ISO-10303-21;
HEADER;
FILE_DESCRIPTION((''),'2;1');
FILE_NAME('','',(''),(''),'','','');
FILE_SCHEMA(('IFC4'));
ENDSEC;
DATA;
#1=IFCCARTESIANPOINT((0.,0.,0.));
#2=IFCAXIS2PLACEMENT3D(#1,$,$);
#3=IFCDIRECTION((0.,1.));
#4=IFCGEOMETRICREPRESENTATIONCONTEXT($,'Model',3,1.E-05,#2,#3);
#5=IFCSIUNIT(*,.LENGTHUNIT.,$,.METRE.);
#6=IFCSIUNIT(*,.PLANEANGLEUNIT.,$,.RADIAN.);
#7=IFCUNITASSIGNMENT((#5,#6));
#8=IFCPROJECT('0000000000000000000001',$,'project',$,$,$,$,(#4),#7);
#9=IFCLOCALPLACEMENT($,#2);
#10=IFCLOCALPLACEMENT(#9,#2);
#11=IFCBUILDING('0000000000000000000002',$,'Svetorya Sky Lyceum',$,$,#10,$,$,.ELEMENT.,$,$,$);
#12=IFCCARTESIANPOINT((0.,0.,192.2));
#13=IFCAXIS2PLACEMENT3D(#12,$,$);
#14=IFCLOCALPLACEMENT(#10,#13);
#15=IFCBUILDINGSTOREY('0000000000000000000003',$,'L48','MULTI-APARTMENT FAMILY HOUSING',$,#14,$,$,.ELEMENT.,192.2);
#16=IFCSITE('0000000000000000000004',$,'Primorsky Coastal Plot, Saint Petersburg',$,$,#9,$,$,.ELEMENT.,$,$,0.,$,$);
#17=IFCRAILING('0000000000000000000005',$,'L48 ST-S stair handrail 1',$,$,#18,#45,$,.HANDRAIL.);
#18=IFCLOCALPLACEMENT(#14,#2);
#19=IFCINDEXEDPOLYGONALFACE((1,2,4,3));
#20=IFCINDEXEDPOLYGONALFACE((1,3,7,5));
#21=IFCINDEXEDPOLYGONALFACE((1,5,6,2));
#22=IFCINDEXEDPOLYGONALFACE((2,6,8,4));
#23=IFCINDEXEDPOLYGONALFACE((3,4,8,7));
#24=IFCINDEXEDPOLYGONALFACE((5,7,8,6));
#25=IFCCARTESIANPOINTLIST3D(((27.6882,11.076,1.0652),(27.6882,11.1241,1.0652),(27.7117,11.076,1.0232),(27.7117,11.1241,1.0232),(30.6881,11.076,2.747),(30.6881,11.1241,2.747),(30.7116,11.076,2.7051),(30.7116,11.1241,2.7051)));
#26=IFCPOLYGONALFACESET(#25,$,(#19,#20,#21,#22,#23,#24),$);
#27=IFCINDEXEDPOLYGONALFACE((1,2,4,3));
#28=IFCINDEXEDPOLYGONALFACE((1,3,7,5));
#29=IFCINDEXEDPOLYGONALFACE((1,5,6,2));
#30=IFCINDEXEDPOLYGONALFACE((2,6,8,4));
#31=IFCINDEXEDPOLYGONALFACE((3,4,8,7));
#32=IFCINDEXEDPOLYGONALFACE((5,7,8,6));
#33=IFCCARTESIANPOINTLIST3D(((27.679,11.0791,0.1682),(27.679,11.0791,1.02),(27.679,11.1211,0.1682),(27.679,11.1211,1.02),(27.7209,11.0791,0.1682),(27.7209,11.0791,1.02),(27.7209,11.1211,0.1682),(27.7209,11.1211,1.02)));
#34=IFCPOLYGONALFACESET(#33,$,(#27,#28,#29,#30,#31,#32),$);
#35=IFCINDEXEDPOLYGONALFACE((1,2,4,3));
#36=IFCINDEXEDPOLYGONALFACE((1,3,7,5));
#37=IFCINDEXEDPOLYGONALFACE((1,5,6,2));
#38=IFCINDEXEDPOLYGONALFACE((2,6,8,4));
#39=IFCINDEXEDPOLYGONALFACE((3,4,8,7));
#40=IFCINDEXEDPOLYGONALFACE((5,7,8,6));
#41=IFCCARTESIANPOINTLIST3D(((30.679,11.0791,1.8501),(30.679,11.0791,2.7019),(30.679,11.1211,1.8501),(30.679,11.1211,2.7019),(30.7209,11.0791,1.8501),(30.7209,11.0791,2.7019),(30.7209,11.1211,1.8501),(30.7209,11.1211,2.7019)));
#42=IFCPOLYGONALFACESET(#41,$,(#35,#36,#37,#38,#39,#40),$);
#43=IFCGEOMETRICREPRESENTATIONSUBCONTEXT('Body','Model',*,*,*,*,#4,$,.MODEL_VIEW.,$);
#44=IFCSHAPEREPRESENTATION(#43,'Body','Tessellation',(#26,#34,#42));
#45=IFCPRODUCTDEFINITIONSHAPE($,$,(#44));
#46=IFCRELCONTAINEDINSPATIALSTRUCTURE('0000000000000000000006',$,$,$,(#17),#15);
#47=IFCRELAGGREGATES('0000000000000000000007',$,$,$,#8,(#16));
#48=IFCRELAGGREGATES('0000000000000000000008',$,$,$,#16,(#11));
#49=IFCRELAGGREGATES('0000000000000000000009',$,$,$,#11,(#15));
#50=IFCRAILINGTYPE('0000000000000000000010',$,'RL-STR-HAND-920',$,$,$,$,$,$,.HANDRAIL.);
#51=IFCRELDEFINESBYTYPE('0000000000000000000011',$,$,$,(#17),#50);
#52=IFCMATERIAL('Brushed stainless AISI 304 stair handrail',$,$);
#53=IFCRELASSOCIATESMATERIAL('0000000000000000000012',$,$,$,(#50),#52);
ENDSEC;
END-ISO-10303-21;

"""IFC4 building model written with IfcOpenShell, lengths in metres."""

from ifc_helpers import new_model, si_unit, direction, frame, origin, origin_2d, place, context, subcontext, project, spatial, rectangle, extrude, material, type_object, element, save


model = new_model("IFC4")

# Units and contexts
model_context = context("Model", 3, precision=1e-05, world=origin(), true_north=direction((0.0, 1.0)))
body_context = subcontext(model_context, "Body", "Model", "MODEL_VIEW")
ifc_project = project(units=[si_unit("LENGTHUNIT", "METRE"), si_unit("PLANEANGLEUNIT", "RADIAN")], contexts=[model_context])

# Site, building, storey
site_placement = place(None, origin())
site = spatial("IfcSite", under=ifc_project, at=site_placement, Name="Primorsky Coastal Plot, Saint Petersburg", CompositionType="ELEMENT", RefElevation=0.0)
building_placement = place(site_placement, origin())
building = spatial("IfcBuilding", under=site, at=building_placement, Name="Svetorya Sky Lyceum", CompositionType="ELEMENT")
storey_placement = place(building_placement, frame((0.0, 0.0, 192.2)))
storey = spatial("IfcBuildingStorey", under=building, at=storey_placement, Name="L48", Description="MULTI-APARTMENT FAMILY HOUSING", CompositionType="ELEMENT", Elevation=192.2)

# Railing
ifc_material_1 = material(Name="Brushed stainless AISI 304 stair handrail")
railing_type_1 = type_object("IfcRailingType", Name="RL-STR-HAND-920", PredefinedType="HANDRAIL", material=ifc_material_1)
railing_1_placement = place(storey_placement, frame((27.7, 11.1001, 0.1682)))
element("IfcRailing", 1, at=railing_1_placement, inside=storey, type_object=railing_type_1, Name="L48 ST-S stair handrail 1", PredefinedType="HANDRAIL", context=body_context, shape_type="SweptSolid", body=[
    extrude(rectangle(XDim=0.0481, YDim=0.0481, at=origin_2d()), frame((0.0, 0.0, 0.876), z_axis=(0.872272, 0.0, 0.48902), x_axis=(0.0, 1.0, 0.0)), (0.0, 0.0, 1.0), 3.4392),
    extrude(rectangle(XDim=0.042, YDim=0.042, at=origin_2d()), origin(), (0.0, 0.0, 1.0), 0.8518),
    extrude(rectangle(XDim=0.042, YDim=0.042, at=origin_2d()), frame((3.0, 0.0, 1.6819)), (0.0, 0.0, 1.0), 0.8518),
])

save(model, "model.ifc")
